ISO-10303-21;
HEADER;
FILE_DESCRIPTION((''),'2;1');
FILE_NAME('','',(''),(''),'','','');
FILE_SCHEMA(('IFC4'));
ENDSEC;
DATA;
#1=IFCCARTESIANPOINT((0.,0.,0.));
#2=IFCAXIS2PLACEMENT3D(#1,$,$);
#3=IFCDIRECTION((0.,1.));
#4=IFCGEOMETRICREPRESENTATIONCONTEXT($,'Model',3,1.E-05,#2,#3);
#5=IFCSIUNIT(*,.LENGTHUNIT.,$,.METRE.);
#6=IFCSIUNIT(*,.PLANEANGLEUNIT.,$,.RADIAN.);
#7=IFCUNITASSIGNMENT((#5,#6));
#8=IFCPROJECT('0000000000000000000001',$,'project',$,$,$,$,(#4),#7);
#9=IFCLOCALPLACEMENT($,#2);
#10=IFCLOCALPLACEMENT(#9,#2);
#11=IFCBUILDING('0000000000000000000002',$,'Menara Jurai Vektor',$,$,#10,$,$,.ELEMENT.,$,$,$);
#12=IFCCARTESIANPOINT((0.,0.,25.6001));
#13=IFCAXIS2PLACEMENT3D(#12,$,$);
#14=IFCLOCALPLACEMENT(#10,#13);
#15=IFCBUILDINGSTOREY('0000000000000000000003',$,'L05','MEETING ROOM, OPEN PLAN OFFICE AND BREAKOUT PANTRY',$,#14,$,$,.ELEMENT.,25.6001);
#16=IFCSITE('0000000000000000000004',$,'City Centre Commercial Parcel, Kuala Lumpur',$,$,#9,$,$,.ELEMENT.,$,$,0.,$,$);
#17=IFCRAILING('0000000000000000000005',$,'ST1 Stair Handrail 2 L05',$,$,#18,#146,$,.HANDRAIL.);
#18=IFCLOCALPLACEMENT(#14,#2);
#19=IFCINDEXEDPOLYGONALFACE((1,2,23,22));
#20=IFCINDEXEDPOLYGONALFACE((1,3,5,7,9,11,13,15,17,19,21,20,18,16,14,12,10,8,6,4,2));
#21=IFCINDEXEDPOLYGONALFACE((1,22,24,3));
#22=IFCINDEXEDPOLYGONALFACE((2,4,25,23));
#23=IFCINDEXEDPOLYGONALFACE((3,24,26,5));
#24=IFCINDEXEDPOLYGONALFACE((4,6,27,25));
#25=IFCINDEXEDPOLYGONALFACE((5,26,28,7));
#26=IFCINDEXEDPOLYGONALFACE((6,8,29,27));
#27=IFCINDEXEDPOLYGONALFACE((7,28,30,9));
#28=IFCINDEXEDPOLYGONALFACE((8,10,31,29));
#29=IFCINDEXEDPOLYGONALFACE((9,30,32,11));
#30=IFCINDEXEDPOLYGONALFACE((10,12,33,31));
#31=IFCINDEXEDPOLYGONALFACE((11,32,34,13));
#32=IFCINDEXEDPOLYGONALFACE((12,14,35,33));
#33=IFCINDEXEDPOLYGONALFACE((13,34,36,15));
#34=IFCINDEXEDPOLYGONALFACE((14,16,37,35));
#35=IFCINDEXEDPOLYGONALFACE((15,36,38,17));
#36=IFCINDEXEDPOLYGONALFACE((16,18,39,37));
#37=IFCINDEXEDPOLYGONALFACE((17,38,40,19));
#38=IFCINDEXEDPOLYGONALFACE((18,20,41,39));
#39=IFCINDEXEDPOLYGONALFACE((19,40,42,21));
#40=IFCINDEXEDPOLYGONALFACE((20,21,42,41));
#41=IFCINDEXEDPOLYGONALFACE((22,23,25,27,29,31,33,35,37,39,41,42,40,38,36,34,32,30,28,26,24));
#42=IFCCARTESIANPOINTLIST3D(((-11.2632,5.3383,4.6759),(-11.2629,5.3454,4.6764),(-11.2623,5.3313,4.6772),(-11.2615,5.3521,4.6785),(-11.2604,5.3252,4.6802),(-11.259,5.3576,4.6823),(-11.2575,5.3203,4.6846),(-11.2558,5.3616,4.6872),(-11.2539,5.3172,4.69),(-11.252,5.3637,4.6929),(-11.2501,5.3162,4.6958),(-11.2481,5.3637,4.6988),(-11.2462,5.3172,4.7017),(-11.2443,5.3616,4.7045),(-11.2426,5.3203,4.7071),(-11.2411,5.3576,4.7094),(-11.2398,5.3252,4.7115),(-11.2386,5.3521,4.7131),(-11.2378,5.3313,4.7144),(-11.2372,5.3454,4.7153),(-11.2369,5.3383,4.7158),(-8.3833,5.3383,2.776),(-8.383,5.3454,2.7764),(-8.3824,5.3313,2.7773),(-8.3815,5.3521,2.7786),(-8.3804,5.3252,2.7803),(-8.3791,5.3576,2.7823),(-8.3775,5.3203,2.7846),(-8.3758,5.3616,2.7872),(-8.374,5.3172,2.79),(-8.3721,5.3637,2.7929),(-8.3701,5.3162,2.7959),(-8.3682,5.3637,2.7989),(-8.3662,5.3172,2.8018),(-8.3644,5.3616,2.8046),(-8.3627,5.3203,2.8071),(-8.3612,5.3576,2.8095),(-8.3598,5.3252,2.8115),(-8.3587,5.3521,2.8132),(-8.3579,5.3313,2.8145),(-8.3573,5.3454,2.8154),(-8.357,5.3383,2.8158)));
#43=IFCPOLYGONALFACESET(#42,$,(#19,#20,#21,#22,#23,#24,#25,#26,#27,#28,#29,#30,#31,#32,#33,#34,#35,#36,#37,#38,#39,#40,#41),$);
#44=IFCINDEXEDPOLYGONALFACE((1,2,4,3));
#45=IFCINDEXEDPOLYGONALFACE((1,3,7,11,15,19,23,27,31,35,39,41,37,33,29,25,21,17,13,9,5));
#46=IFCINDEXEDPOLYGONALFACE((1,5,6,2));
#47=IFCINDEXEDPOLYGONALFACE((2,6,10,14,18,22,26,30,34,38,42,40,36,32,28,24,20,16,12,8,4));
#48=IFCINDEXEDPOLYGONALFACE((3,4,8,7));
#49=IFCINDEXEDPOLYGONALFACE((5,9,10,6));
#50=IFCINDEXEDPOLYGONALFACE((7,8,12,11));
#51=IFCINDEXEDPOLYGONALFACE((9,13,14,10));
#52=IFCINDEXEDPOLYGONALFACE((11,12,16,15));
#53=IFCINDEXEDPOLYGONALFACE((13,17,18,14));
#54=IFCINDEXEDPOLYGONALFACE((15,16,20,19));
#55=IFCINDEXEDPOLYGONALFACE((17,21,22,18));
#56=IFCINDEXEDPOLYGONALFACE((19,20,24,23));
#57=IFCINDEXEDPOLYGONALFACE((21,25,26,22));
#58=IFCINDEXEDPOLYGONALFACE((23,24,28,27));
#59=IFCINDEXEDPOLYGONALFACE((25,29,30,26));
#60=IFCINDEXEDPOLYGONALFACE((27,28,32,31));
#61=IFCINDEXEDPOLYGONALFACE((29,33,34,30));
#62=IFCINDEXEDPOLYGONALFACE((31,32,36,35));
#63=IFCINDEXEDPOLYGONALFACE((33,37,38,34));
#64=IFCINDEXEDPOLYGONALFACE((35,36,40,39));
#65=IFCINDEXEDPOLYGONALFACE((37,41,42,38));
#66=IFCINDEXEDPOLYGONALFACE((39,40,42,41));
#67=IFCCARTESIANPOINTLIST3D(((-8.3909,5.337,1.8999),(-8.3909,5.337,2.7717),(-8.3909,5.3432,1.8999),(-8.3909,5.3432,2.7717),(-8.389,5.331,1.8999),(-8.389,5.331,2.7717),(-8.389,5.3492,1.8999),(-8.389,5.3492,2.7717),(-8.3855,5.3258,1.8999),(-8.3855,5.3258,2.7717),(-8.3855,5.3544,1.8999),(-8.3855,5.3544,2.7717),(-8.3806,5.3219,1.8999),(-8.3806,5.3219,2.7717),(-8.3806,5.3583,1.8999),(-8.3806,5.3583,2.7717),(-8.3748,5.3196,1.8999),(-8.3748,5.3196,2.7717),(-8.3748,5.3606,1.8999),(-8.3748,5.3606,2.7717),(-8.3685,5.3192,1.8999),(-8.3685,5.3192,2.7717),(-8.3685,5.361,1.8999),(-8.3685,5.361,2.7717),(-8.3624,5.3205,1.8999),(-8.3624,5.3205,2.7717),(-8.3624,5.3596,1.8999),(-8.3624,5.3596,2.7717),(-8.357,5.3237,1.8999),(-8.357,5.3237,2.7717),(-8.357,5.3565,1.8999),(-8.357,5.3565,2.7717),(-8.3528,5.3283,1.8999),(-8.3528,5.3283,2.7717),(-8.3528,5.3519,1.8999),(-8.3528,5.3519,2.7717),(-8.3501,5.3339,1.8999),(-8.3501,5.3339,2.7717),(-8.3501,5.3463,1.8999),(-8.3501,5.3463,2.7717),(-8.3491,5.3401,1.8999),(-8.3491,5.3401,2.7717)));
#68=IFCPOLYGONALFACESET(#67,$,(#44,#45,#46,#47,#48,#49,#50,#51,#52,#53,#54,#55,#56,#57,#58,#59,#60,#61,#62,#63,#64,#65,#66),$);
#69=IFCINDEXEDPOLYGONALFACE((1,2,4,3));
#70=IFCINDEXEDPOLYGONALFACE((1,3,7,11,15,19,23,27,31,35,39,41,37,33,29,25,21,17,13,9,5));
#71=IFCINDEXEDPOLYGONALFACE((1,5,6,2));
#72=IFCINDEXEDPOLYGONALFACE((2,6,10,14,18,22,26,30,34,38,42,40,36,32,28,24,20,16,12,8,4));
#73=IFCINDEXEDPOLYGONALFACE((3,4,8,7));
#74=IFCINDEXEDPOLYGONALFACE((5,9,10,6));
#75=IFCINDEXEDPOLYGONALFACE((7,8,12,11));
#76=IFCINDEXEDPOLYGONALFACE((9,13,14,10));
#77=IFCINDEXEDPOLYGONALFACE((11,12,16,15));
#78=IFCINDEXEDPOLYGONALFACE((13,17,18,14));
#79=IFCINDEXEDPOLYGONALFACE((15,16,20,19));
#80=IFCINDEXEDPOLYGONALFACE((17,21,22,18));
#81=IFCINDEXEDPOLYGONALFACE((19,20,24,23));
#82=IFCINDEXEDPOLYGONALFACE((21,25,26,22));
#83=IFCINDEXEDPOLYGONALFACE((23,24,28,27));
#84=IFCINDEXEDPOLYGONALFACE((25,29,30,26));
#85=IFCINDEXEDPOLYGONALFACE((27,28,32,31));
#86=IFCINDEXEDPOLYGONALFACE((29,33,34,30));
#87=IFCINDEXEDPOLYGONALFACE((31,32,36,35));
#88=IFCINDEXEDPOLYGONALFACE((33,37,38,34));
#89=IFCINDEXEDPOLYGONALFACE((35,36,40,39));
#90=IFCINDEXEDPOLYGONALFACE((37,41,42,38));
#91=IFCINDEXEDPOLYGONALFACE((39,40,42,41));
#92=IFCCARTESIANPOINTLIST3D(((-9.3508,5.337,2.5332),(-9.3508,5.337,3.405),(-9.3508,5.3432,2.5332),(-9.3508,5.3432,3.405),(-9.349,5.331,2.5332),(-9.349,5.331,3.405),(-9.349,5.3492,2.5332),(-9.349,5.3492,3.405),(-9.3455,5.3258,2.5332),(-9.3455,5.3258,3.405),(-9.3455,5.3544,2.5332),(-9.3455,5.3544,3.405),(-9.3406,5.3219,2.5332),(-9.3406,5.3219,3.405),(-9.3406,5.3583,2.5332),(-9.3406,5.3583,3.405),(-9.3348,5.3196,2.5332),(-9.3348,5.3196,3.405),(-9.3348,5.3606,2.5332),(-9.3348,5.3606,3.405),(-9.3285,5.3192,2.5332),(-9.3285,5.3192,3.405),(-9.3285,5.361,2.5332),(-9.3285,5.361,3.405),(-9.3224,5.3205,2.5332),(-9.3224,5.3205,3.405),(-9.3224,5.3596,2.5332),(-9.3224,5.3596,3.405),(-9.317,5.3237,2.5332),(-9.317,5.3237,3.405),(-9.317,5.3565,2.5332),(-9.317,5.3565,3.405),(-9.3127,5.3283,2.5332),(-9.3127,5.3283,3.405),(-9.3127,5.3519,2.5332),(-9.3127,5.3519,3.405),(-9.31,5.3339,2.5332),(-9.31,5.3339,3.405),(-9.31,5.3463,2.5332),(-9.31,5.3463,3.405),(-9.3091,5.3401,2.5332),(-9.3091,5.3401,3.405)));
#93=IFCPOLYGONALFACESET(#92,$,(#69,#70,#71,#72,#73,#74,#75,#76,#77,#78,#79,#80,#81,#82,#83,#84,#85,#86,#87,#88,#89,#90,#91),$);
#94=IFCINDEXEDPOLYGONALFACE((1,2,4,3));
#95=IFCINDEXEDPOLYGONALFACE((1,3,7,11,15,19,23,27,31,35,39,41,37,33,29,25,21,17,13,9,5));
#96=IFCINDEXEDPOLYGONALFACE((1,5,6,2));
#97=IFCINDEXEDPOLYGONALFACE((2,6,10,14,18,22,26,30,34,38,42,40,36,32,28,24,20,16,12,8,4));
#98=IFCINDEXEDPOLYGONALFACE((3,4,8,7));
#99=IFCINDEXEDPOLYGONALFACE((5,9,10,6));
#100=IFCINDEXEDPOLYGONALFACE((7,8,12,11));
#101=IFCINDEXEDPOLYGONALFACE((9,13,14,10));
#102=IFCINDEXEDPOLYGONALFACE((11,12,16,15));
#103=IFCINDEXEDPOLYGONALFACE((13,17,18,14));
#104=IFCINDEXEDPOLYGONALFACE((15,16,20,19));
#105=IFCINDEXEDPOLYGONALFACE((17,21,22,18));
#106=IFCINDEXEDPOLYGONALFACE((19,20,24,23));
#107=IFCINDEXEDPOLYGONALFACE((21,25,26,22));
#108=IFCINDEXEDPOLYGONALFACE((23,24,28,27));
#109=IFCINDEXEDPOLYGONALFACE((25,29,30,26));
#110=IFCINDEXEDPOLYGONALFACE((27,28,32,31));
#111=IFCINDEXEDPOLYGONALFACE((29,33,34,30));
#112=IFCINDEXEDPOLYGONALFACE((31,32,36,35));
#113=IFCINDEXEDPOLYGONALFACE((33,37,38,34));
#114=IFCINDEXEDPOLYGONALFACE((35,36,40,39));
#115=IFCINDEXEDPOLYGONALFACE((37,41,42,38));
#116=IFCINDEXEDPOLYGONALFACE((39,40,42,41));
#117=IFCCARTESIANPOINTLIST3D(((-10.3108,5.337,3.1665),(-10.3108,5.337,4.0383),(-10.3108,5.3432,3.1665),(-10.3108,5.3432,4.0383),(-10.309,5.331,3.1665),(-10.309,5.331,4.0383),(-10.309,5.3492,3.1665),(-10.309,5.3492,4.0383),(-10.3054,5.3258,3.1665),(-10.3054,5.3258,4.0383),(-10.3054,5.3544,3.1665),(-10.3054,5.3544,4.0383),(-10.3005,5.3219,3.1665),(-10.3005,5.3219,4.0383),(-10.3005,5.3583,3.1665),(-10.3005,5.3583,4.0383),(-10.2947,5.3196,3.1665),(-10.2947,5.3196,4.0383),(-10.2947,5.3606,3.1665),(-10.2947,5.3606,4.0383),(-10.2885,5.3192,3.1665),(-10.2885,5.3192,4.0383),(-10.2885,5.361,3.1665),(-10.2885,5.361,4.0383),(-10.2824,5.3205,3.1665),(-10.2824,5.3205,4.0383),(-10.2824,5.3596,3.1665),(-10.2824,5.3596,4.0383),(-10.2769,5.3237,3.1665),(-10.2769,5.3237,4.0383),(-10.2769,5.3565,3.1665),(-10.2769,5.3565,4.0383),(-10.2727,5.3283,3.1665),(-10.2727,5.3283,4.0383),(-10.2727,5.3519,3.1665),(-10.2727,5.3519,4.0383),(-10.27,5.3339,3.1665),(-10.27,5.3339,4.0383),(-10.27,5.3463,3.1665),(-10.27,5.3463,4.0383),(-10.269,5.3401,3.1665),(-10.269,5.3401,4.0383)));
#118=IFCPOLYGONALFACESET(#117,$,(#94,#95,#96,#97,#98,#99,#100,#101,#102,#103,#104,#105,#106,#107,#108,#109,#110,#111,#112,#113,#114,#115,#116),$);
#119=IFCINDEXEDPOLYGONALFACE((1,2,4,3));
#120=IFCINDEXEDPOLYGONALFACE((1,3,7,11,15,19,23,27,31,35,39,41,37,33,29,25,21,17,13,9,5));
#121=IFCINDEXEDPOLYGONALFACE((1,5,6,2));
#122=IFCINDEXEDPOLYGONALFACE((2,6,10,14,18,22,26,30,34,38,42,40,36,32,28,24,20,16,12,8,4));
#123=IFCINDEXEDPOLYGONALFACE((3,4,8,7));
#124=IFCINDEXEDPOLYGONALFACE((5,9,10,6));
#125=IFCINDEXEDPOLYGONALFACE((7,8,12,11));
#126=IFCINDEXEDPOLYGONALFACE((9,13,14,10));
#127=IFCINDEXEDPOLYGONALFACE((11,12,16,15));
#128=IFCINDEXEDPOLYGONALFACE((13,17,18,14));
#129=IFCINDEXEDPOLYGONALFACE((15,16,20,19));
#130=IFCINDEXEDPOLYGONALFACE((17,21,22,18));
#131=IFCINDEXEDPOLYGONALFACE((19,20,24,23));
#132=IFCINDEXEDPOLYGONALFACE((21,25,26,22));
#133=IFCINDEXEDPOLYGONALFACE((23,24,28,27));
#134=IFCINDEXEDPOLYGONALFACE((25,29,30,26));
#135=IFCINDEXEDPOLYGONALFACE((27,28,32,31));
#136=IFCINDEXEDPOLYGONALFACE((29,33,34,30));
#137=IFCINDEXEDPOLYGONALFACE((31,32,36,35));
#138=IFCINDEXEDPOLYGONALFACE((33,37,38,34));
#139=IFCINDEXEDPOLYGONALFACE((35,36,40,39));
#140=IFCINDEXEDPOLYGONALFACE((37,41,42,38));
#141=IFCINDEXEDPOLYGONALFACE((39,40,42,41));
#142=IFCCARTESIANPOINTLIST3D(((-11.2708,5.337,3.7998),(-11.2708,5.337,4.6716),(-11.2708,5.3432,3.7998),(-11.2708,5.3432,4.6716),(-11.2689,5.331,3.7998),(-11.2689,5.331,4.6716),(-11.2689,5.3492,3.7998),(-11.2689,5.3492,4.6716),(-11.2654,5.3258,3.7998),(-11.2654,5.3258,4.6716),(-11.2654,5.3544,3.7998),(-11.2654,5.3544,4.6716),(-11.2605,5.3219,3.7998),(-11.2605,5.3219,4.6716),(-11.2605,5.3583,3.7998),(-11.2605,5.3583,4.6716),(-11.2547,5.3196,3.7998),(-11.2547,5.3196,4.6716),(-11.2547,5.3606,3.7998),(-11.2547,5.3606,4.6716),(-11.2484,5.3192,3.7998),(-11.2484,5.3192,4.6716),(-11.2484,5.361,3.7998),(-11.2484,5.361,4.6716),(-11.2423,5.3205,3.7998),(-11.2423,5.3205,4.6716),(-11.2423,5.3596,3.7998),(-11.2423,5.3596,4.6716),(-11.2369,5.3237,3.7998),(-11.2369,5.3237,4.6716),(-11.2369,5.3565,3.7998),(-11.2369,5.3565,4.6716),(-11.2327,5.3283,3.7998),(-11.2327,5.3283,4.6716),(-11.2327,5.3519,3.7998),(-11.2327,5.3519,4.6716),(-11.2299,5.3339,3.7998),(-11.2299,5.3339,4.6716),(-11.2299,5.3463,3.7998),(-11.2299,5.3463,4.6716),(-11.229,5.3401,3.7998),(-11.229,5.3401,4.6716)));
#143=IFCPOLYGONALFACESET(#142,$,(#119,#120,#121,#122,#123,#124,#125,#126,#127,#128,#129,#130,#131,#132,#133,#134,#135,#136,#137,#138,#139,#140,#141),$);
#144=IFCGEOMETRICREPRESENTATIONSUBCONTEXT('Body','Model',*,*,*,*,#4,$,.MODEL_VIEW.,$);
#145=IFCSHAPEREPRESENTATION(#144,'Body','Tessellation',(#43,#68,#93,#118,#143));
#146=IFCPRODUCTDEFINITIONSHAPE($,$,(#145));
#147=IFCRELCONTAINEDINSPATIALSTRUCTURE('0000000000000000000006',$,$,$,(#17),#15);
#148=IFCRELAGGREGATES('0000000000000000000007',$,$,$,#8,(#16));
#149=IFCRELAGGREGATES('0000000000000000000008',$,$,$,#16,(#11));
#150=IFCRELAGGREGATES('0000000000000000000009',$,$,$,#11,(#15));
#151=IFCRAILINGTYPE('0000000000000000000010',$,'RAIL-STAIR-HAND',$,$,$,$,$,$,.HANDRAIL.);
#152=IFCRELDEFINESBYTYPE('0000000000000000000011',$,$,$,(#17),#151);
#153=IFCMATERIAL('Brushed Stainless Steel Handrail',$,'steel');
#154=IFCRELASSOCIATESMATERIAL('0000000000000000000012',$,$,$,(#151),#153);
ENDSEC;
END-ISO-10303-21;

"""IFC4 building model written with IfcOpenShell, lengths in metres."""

from ifc_helpers import new_model, si_unit, direction, frame, origin, origin_2d, place, context, subcontext, project, spatial, circle, extrude, material, type_object, element, save


model = new_model("IFC4")

# Units and contexts
model_context = context("Model", 3, precision=1e-05, world=origin(), true_north=direction((0.0, 1.0)))
body_context = subcontext(model_context, "Body", "Model", "MODEL_VIEW")
ifc_project = project(units=[si_unit("LENGTHUNIT", "METRE"), si_unit("PLANEANGLEUNIT", "RADIAN")], contexts=[model_context])

# Site, building, storey
site_placement = place(None, origin())
site = spatial("IfcSite", under=ifc_project, at=site_placement, Name="City Centre Commercial Parcel, Kuala Lumpur", CompositionType="ELEMENT", RefElevation=0.0)
building_placement = place(site_placement, origin())
building = spatial("IfcBuilding", under=site, at=building_placement, Name="Menara Jurai Vektor", CompositionType="ELEMENT")
storey_placement = place(building_placement, frame((0.0, 0.0, 25.6001)))
storey = spatial("IfcBuildingStorey", under=building, at=storey_placement, Name="L05", Description="MEETING ROOM, OPEN PLAN OFFICE AND BREAKOUT PANTRY", CompositionType="ELEMENT", Elevation=25.6001)

# Railing
ifc_material_1 = material(Name="Brushed Stainless Steel Handrail", Category="steel")
railing_type_1 = type_object("IfcRailingType", Name="RAIL-STAIR-HAND", PredefinedType="HANDRAIL", material=ifc_material_1)
railing_1_placement = place(storey_placement, frame((-8.3701, 5.3401, 1.8999)))
element("IfcRailing", 1, at=railing_1_placement, inside=storey, type_object=railing_type_1, Name="ST1 Stair Handrail 2 L05", PredefinedType="HANDRAIL", context=body_context, shape_type="SweptSolid", body=[
    extrude(circle(Radius=0.0239, at=origin_2d()), frame((0.0, 0.0, 0.896), z_axis=(-0.834719, 0.0, 0.550677), x_axis=(0.0, -1.0, 0.0)), (0.0, 0.0, 1.0), 3.4502),
    extrude(circle(Radius=0.021, at=origin_2d()), origin(), (0.0, 0.0, 1.0), 0.8718),
    extrude(circle(Radius=0.021, at=origin_2d()), frame((-0.96, 0.0, 0.6333)), (0.0, 0.0, 1.0), 0.8718),
    extrude(circle(Radius=0.021, at=origin_2d()), frame((-1.9199, 0.0, 1.2666)), (0.0, 0.0, 1.0), 0.8718),
    extrude(circle(Radius=0.021, at=origin_2d()), frame((-2.8799, 0.0, 1.8999)), (0.0, 0.0, 1.0), 0.8718),
])

save(model, "model.ifc")
